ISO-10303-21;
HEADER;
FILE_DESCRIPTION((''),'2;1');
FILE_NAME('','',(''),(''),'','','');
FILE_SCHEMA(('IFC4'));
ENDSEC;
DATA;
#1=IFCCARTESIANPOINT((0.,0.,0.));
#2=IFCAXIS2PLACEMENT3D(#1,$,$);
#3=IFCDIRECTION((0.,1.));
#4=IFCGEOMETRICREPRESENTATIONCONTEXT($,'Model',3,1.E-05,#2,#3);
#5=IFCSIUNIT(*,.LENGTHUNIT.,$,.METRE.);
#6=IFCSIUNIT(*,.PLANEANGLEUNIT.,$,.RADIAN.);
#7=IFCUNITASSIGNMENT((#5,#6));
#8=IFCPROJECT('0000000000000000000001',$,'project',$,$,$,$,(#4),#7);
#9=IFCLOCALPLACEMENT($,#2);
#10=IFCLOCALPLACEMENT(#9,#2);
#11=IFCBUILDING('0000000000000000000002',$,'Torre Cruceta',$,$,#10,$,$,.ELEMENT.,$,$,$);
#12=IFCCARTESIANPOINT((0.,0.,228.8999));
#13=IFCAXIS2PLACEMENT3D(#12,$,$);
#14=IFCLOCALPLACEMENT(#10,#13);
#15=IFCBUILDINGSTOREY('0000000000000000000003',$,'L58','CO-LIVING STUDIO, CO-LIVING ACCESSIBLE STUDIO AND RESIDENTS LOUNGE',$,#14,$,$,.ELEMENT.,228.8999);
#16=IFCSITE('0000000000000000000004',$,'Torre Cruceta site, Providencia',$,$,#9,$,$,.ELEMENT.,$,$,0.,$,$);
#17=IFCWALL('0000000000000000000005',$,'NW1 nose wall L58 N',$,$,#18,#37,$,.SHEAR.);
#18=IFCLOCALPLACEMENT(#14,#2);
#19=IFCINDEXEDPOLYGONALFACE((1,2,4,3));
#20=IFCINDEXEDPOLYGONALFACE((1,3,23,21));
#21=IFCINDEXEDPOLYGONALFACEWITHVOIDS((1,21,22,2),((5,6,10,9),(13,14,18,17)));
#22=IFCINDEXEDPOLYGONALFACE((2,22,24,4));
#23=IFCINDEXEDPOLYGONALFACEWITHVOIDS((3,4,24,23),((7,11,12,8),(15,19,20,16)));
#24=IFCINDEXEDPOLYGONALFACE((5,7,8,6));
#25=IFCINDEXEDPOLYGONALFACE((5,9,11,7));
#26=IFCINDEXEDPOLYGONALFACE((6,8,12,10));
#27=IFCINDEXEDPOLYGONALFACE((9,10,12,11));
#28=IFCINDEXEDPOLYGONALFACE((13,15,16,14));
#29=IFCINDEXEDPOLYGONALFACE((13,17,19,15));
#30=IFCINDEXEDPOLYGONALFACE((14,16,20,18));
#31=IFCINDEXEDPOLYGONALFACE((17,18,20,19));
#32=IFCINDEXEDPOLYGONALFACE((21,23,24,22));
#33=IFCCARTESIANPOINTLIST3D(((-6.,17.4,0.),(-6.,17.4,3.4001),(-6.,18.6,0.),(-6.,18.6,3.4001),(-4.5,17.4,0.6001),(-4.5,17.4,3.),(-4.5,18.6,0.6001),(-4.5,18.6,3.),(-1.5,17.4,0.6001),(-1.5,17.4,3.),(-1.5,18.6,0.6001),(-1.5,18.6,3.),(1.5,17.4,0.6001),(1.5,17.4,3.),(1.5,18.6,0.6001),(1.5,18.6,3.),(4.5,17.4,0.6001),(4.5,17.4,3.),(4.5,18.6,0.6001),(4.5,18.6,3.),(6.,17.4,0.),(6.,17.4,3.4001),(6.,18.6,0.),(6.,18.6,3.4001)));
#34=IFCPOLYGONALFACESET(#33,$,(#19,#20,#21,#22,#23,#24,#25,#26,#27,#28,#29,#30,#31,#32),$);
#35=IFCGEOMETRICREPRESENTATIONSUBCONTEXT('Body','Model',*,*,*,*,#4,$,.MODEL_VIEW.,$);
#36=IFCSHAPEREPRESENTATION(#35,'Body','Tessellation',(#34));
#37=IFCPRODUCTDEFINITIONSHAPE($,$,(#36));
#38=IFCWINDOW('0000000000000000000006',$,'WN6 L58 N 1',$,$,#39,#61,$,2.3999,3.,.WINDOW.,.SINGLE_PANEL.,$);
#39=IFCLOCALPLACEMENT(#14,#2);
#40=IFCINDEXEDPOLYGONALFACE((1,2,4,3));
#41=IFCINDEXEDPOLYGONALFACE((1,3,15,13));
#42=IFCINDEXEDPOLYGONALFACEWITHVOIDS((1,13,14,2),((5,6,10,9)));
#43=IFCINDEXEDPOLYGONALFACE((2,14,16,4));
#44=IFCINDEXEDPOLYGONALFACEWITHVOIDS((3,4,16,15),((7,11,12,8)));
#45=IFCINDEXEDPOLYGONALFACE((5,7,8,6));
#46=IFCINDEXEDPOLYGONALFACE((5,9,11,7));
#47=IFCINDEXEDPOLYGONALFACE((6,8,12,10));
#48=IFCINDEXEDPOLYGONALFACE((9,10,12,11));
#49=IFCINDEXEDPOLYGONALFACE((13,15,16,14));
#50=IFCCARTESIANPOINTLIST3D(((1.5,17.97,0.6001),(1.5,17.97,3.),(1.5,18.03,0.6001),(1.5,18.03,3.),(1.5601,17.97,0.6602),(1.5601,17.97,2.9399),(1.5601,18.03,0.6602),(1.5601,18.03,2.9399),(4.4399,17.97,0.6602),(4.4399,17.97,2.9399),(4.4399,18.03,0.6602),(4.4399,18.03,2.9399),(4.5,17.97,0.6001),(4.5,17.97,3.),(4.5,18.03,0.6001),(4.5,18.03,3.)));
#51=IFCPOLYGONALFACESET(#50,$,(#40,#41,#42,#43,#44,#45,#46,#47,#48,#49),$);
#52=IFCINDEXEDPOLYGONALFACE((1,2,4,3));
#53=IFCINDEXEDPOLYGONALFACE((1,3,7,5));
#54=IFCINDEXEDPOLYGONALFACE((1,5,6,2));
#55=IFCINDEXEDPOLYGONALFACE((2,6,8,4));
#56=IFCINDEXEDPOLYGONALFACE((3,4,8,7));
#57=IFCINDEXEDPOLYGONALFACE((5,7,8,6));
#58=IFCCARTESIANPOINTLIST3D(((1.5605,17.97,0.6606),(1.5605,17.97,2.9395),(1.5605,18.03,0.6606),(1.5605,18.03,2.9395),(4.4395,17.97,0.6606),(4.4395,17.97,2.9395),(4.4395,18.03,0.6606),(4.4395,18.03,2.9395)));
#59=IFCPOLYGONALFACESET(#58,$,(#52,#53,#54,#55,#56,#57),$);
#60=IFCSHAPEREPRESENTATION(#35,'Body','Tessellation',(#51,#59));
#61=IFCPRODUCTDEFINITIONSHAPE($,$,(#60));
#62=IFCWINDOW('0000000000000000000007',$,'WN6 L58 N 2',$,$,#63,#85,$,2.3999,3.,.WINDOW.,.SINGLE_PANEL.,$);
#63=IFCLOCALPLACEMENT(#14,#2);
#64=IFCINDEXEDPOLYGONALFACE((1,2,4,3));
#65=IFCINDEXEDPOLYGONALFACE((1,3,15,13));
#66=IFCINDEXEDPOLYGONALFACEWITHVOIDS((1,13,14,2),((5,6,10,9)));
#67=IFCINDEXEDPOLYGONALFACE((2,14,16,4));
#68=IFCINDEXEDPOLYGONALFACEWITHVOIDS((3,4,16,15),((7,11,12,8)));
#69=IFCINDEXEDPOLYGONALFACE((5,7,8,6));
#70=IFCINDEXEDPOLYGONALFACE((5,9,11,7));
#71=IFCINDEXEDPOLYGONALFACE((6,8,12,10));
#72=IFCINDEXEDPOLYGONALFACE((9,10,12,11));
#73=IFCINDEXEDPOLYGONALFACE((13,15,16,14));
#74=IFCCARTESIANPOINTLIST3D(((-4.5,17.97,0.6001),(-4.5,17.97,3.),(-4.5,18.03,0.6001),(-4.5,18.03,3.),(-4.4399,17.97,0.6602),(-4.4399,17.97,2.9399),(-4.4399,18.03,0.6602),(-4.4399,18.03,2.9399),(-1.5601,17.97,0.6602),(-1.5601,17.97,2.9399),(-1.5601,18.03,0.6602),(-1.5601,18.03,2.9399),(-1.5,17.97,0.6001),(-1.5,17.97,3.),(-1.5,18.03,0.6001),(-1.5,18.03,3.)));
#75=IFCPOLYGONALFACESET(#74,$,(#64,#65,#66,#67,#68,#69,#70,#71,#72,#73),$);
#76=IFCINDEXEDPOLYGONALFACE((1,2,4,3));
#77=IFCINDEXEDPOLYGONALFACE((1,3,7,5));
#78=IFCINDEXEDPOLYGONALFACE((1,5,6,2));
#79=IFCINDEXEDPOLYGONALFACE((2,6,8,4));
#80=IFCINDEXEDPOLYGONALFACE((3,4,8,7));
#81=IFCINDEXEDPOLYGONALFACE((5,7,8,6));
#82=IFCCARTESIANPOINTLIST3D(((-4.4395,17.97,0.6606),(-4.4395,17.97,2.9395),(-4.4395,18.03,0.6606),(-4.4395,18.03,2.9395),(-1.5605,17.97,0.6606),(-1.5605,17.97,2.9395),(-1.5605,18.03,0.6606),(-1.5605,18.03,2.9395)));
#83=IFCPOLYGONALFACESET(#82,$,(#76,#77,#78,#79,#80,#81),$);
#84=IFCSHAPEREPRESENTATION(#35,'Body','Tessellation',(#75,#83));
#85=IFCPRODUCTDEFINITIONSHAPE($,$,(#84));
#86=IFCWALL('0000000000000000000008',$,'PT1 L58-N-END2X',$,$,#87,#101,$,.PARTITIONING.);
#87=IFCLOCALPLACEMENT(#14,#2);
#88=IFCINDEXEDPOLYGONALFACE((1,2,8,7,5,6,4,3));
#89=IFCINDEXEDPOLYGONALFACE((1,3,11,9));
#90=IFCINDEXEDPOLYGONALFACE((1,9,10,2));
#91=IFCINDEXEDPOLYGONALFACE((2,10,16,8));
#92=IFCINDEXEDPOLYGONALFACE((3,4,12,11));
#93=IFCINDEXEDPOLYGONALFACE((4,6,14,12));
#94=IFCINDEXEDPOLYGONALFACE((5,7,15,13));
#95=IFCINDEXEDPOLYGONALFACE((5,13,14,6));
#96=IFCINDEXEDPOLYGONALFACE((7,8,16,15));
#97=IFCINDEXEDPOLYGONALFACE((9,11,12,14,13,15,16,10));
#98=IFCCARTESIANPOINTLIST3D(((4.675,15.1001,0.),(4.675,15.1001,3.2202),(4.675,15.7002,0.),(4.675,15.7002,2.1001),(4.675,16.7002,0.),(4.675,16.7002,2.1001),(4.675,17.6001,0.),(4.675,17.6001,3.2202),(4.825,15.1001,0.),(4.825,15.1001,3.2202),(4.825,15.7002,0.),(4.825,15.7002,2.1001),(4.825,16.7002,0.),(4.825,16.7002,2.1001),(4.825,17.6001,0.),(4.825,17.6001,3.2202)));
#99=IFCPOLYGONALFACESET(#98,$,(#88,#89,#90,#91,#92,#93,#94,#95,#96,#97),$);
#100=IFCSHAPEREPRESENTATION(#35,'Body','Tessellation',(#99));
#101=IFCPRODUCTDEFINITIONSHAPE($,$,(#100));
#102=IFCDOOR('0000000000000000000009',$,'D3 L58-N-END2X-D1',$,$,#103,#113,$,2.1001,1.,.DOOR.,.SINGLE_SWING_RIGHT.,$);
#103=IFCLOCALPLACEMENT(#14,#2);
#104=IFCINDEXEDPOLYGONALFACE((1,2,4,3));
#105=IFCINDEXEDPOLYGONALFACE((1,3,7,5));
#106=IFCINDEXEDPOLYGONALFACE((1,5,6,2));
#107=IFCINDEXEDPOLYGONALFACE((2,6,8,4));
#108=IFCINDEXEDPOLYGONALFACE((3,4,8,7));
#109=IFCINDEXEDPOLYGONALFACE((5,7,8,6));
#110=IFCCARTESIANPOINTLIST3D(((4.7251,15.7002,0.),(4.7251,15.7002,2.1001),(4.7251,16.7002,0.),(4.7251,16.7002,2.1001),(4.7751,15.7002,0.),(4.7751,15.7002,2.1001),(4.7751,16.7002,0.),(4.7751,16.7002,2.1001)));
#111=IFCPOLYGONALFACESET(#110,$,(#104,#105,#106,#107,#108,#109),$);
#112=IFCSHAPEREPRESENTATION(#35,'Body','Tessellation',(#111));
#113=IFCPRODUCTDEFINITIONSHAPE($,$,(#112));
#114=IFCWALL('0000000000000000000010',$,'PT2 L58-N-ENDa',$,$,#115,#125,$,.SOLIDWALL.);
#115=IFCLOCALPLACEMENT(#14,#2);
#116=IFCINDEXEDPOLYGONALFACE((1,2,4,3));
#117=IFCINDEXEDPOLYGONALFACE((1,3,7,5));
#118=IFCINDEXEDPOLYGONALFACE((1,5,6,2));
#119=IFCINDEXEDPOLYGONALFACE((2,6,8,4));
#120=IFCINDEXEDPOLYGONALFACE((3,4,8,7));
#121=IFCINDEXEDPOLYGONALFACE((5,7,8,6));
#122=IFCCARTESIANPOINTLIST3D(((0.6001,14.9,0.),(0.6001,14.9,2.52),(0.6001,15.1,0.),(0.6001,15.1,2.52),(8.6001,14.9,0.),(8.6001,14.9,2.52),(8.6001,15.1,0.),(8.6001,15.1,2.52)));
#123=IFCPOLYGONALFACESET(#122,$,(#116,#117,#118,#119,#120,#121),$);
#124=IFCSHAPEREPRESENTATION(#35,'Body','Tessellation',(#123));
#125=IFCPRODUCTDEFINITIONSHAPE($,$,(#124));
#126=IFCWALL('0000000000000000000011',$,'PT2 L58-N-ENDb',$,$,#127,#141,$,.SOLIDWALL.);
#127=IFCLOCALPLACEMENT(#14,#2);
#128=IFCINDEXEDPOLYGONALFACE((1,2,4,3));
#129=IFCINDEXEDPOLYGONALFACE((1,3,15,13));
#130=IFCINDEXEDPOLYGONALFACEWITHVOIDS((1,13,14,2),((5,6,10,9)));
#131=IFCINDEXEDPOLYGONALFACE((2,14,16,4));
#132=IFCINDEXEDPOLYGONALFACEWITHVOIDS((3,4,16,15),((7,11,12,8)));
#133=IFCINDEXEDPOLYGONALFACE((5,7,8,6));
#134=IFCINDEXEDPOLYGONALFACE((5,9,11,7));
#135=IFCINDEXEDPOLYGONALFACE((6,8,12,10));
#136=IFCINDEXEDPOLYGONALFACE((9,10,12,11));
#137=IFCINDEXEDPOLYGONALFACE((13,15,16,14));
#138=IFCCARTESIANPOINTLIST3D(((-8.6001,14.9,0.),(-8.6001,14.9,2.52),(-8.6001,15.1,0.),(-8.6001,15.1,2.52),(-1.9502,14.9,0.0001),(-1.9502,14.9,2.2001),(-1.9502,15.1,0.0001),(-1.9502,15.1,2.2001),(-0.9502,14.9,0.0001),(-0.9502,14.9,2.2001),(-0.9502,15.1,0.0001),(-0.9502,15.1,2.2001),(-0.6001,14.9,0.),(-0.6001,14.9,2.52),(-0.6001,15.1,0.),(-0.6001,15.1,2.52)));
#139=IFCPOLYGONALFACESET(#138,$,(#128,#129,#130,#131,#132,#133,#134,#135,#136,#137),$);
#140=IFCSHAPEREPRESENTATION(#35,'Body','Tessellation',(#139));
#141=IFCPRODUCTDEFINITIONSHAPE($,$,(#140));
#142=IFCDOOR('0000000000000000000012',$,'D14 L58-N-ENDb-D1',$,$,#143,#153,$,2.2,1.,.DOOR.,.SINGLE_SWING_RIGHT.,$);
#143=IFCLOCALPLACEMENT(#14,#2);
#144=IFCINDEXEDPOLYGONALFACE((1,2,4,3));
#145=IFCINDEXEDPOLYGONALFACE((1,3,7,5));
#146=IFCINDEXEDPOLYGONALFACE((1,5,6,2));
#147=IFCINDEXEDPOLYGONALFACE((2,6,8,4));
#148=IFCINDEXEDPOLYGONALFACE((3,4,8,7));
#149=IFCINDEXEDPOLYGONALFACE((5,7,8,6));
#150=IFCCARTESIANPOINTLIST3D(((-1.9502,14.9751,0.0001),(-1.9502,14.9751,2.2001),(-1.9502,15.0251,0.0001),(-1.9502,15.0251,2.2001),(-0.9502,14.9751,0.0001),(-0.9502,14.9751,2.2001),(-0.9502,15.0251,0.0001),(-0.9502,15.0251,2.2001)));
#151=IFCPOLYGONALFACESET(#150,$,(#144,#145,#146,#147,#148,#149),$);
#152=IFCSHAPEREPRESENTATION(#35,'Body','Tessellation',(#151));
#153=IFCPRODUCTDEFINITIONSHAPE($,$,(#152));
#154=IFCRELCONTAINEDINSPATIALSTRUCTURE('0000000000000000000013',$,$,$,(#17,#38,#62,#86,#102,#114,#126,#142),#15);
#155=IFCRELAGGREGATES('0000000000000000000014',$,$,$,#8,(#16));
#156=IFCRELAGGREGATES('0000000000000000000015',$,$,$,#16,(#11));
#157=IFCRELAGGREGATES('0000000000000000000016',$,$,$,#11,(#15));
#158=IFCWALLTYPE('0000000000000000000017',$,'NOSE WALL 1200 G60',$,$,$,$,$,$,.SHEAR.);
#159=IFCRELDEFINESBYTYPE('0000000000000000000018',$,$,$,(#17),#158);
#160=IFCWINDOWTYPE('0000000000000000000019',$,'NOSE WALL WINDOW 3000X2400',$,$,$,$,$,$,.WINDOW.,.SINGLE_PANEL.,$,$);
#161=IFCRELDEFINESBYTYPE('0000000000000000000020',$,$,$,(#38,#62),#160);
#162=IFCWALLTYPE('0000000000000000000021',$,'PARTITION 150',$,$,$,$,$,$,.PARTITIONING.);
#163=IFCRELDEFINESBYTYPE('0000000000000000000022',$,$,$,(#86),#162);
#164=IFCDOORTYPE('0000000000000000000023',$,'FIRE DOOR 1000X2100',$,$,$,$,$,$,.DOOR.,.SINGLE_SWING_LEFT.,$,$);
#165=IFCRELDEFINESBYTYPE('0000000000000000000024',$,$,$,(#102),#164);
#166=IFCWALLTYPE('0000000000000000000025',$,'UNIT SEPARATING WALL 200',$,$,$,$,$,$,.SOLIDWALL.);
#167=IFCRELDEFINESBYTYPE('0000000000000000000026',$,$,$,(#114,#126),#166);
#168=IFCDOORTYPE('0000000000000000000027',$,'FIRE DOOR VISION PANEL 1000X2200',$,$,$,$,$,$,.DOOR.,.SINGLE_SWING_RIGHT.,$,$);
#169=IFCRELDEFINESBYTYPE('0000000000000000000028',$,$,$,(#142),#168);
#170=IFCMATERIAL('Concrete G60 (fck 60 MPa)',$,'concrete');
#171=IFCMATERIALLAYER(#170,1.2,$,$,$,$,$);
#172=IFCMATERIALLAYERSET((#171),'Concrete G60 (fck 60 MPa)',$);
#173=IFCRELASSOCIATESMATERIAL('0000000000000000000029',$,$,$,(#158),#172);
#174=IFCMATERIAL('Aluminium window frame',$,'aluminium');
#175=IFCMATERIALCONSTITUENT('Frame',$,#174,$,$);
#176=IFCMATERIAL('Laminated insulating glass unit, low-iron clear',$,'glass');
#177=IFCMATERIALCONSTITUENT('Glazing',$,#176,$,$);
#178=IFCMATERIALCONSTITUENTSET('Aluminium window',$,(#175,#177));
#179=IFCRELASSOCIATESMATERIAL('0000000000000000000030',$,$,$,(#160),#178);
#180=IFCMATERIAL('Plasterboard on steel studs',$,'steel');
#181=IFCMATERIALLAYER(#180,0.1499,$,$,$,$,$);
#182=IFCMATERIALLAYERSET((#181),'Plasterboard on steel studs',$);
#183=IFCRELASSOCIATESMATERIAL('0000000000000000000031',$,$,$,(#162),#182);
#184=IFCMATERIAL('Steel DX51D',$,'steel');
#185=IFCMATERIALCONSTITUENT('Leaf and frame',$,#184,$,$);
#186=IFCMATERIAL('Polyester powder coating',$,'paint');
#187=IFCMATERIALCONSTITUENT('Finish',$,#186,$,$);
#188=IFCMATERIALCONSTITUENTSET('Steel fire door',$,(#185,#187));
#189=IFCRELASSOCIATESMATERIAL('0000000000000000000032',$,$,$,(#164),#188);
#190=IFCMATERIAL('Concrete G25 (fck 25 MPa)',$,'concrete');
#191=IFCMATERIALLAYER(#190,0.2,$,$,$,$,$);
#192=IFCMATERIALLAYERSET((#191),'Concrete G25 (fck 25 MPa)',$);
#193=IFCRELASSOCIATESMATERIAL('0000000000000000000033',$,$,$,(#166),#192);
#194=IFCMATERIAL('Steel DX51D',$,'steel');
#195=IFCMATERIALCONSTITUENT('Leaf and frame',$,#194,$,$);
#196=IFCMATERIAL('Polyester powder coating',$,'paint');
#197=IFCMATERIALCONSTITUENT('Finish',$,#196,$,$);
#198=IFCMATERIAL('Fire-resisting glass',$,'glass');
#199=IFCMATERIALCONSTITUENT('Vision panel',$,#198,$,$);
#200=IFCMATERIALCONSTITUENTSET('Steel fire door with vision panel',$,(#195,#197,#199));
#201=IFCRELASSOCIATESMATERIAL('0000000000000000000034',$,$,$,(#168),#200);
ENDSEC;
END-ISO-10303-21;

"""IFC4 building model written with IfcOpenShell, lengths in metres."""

from ifc_helpers import new_model, si_unit, direction, frame, frame_2d, origin, place, context, subcontext, project, spatial, rectangle, hollow_rectangle, extrude, material, layer, layer_set, constituent, constituent_set, type_object, element, fill, save


model = new_model("IFC4")

# Units and contexts
model_context = context("Model", 3, precision=1e-05, world=origin(), true_north=direction((0.0, 1.0)))
body_context = subcontext(model_context, "Body", "Model", "MODEL_VIEW")
ifc_project = project(units=[si_unit("LENGTHUNIT", "METRE"), si_unit("PLANEANGLEUNIT", "RADIAN")], contexts=[model_context])

# Site, building, storey
site_placement = place(None, origin())
site = spatial("IfcSite", under=ifc_project, at=site_placement, Name="Torre Cruceta site, Providencia", CompositionType="ELEMENT", RefElevation=0.0)
building_placement = place(site_placement, origin())
building = spatial("IfcBuilding", under=site, at=building_placement, Name="Torre Cruceta", CompositionType="ELEMENT")
storey_placement = place(building_placement, frame((0.0, 0.0, 228.8999)))
storey = spatial("IfcBuildingStorey", under=building, at=storey_placement, Name="L58", Description="CO-LIVING STUDIO, CO-LIVING ACCESSIBLE STUDIO AND RESIDENTS LOUNGE", CompositionType="ELEMENT", Elevation=228.8999)

# Wall, openings, windows
ifc_material_1 = material(Name="Concrete G60 (fck 60 MPa)", Category="concrete")
ifc_layer_1 = layer(ifc_material_1, 1.2)
ifc_layer_set_1 = layer_set([ifc_layer_1], Name="Concrete G60 (fck 60 MPa)")
wall_type_1 = type_object("IfcWallType", Name="NOSE WALL 1200 G60", PredefinedType="SHEAR", material=ifc_layer_set_1)
wall_1_placement = place(storey_placement, frame((6.0, 18.0, 0.0), z_axis=(0.0, 0.0, 1.0), x_axis=(-1.0, 0.0, 0.0)))
wall_1 = element("IfcWall", 1, at=wall_1_placement, inside=storey, type_object=wall_type_1, Name="NW1 nose wall L58 N", PredefinedType="SHEAR", context=body_context, shape_type="SweptSolid", body=[
    extrude(rectangle(XDim=12.0, YDim=1.2, at=frame_2d((6.0, 0.0))), origin(), (0.0, 0.0, 1.0), 3.4001),
])
opening_1_placement = place(wall_1_placement, frame((1.5, 0.0, 0.6001)))
opening_1 = element("IfcOpeningElement", 2, at=opening_1_placement, cuts=wall_1, PredefinedType="OPENING", context=body_context, shape_type="SweptSolid", body=[
    extrude(rectangle(XDim=3.0, YDim=2.3999, at=frame_2d((1.5, 1.2))), frame((0.0, 0.6099, 0.0), z_axis=(0.0, -1.0, 0.0), x_axis=(1.0, 0.0, 0.0)), (0.0, 0.0, 1.0), 1.22),
])
opening_2_placement = place(wall_1_placement, frame((7.5, 0.0, 0.6001)))
opening_2 = element("IfcOpeningElement", 3, at=opening_2_placement, cuts=wall_1, PredefinedType="OPENING", context=body_context, shape_type="SweptSolid", body=[
    extrude(rectangle(XDim=3.0, YDim=2.3999, at=frame_2d((1.5, 1.2))), frame((0.0, 0.6099, 0.0), z_axis=(0.0, -1.0, 0.0), x_axis=(1.0, 0.0, 0.0)), (0.0, 0.0, 1.0), 1.22),
])
ifc_material_2 = material(Name="Aluminium window frame", Category="aluminium")
ifc_constituent_1 = constituent(ifc_material_2, Name="Frame")
ifc_material_3 = material(Name="Laminated insulating glass unit, low-iron clear", Category="glass")
ifc_constituent_2 = constituent(ifc_material_3, Name="Glazing")
ifc_constituent_set_1 = constituent_set(constituents=[ifc_constituent_1, ifc_constituent_2], Name="Aluminium window")
window_type = type_object("IfcWindowType", Name="NOSE WALL WINDOW 3000X2400", PartitioningType="SINGLE_PANEL", PredefinedType="WINDOW", material=ifc_constituent_set_1)
window_1_placement = place(opening_1_placement, origin())
window_1 = element("IfcWindow", 4, at=window_1_placement, inside=storey, type_object=window_type, Name="WN6 L58 N 1", OverallHeight=2.3999, OverallWidth=3.0, PartitioningType="SINGLE_PANEL", PredefinedType="WINDOW", context=body_context, shape_type="SweptSolid", body=[
    extrude(hollow_rectangle(XDim=3.0, YDim=2.3999, WallThickness=0.0601, at=frame_2d((1.5, 1.2))), frame((0.0, 0.03, 0.0), z_axis=(0.0, -1.0, 0.0), x_axis=(1.0, 0.0, 0.0)), (0.0, 0.0, 1.0), 0.0601),
    extrude(rectangle(XDim=2.8789, YDim=2.2788, at=frame_2d((1.5, 1.2))), frame((0.0, 0.03, 0.0), z_axis=(0.0, -1.0, 0.0), x_axis=(1.0, 0.0, 0.0)), (0.0, 0.0, 1.0), 0.0601),
])
fill(opening_1, window_1)
window_2_placement = place(opening_2_placement, origin())
window_2 = element("IfcWindow", 5, at=window_2_placement, inside=storey, type_object=window_type, Name="WN6 L58 N 2", OverallHeight=2.3999, OverallWidth=3.0, PartitioningType="SINGLE_PANEL", PredefinedType="WINDOW", context=body_context, shape_type="SweptSolid", body=[
    extrude(hollow_rectangle(XDim=3.0, YDim=2.3999, WallThickness=0.0601, at=frame_2d((1.5, 1.2))), frame((0.0, 0.03, 0.0), z_axis=(0.0, -1.0, 0.0), x_axis=(1.0, 0.0, 0.0)), (0.0, 0.0, 1.0), 0.0601),
    extrude(rectangle(XDim=2.8789, YDim=2.2788, at=frame_2d((1.5, 1.2))), frame((0.0, 0.03, 0.0), z_axis=(0.0, -1.0, 0.0), x_axis=(1.0, 0.0, 0.0)), (0.0, 0.0, 1.0), 0.0601),
])
fill(opening_2, window_2)

# Wall, opening, door
ifc_material_4 = material(Name="Plasterboard on steel studs", Category="steel")
ifc_layer_2 = layer(ifc_material_4, 0.1499)
ifc_layer_set_2 = layer_set([ifc_layer_2], Name="Plasterboard on steel studs")
wall_type_2 = type_object("IfcWallType", Name="PARTITION 150", PredefinedType="PARTITIONING", material=ifc_layer_set_2)
wall_2_placement = place(storey_placement, frame((4.75, 15.1001, 0.0), z_axis=(0.0, 0.0, 1.0), x_axis=(0.0, 1.0, 0.0)))
wall_2 = element("IfcWall", 6, at=wall_2_placement, inside=storey, type_object=wall_type_2, Name="PT1 L58-N-END2X", PredefinedType="PARTITIONING", context=body_context, shape_type="SweptSolid", body=[
    extrude(rectangle(XDim=2.5, YDim=0.1499, at=frame_2d((1.25, 0.0))), origin(), (0.0, 0.0, 1.0), 3.2202),
])
opening_3_placement = place(wall_2_placement, frame((0.6001, 0.0, 0.0)))
opening_3 = element("IfcOpeningElement", 7, at=opening_3_placement, cuts=wall_2, PredefinedType="OPENING", context=body_context, shape_type="SweptSolid", body=[
    extrude(rectangle(XDim=1.0, YDim=2.1001, at=frame_2d((0.5, 1.05))), frame((0.0, 0.085, 0.0), z_axis=(0.0, -1.0, 0.0), x_axis=(1.0, 0.0, 0.0)), (0.0, 0.0, 1.0), 0.1699),
])
ifc_material_5 = material(Name="Steel DX51D", Category="steel")
ifc_constituent_3 = constituent(ifc_material_5, Name="Leaf and frame")
ifc_material_6 = material(Name="Polyester powder coating", Category="paint")
ifc_constituent_4 = constituent(ifc_material_6, Name="Finish")
ifc_constituent_set_2 = constituent_set(constituents=[ifc_constituent_3, ifc_constituent_4], Name="Steel fire door")
door_type_1 = type_object("IfcDoorType", Name="FIRE DOOR 1000X2100", OperationType="SINGLE_SWING_LEFT", PredefinedType="DOOR", material=ifc_constituent_set_2)
door_1_placement = place(opening_3_placement, frame((1.0, 0.0, 0.0), z_axis=(0.0, 0.0, 1.0), x_axis=(-1.0, 0.0, 0.0)))
door_1 = element("IfcDoor", 8, at=door_1_placement, inside=storey, type_object=door_type_1, Name="D3 L58-N-END2X-D1", OperationType="SINGLE_SWING_RIGHT", OverallHeight=2.1001, OverallWidth=1.0, PredefinedType="DOOR", context=body_context, shape_type="SweptSolid", body=[
    extrude(rectangle(XDim=1.0, YDim=2.1001, at=frame_2d((0.5, 1.05))), frame((0.0, 0.0251, 0.0), z_axis=(0.0, -1.0, 0.0), x_axis=(1.0, 0.0, 0.0)), (0.0, 0.0, 1.0), 0.05),
])
fill(opening_3, door_1)

# Wall
ifc_material_7 = material(Name="Concrete G25 (fck 25 MPa)", Category="concrete")
ifc_layer_3 = layer(ifc_material_7, 0.2)
ifc_layer_set_3 = layer_set([ifc_layer_3], Name="Concrete G25 (fck 25 MPa)")
wall_type_3 = type_object("IfcWallType", Name="UNIT SEPARATING WALL 200", PredefinedType="SOLIDWALL", material=ifc_layer_set_3)
wall_3_placement = place(storey_placement, frame((8.6001, 15.0, 0.0), z_axis=(0.0, 0.0, 1.0), x_axis=(-1.0, 0.0, 0.0)))
element("IfcWall", 9, at=wall_3_placement, inside=storey, type_object=wall_type_3, Name="PT2 L58-N-ENDa", PredefinedType="SOLIDWALL", context=body_context, shape_type="SweptSolid", body=[
    extrude(rectangle(XDim=8.0, YDim=0.2, at=frame_2d((4.0, 0.0))), origin(), (0.0, 0.0, 1.0), 2.52),
])

# Wall, opening, door
wall_4_placement = place(storey_placement, frame((-0.6001, 15.0, 0.0), z_axis=(0.0, 0.0, 1.0), x_axis=(-1.0, 0.0, 0.0)))
wall_4 = element("IfcWall", 10, at=wall_4_placement, inside=storey, type_object=wall_type_3, Name="PT2 L58-N-ENDb", PredefinedType="SOLIDWALL", context=body_context, shape_type="SweptSolid", body=[
    extrude(rectangle(XDim=8.0, YDim=0.2, at=frame_2d((4.0, 0.0))), origin(), (0.0, 0.0, 1.0), 2.52),
])
opening_4_placement = place(wall_4_placement, frame((0.3501, 0.0, 0.0)))
opening_4 = element("IfcOpeningElement", 11, at=opening_4_placement, cuts=wall_4, PredefinedType="OPENING", context=body_context, shape_type="SweptSolid", body=[
    extrude(rectangle(XDim=1.0, YDim=2.2, at=frame_2d((0.5, 1.1001))), frame((0.0, 0.1099, 0.0), z_axis=(0.0, -1.0, 0.0), x_axis=(1.0, 0.0, 0.0)), (0.0, 0.0, 1.0), 0.22),
])
ifc_material_8 = material(Name="Steel DX51D", Category="steel")
ifc_constituent_5 = constituent(ifc_material_8, Name="Leaf and frame")
ifc_material_9 = material(Name="Polyester powder coating", Category="paint")
ifc_constituent_6 = constituent(ifc_material_9, Name="Finish")
ifc_material_10 = material(Name="Fire-resisting glass", Category="glass")
ifc_constituent_7 = constituent(ifc_material_10, Name="Vision panel")
ifc_constituent_set_3 = constituent_set(constituents=[ifc_constituent_5, ifc_constituent_6, ifc_constituent_7], Name="Steel fire door with vision panel")
door_type_2 = type_object("IfcDoorType", Name="FIRE DOOR VISION PANEL 1000X2200", OperationType="SINGLE_SWING_RIGHT", PredefinedType="DOOR", material=ifc_constituent_set_3)
door_2_placement = place(opening_4_placement, frame((1.0, 0.0, 0.0), z_axis=(0.0, 0.0, 1.0), x_axis=(-1.0, 0.0, 0.0)))
door_2 = element("IfcDoor", 12, at=door_2_placement, inside=storey, type_object=door_type_2, Name="D14 L58-N-ENDb-D1", OperationType="SINGLE_SWING_RIGHT", OverallHeight=2.2, OverallWidth=1.0, PredefinedType="DOOR", context=body_context, shape_type="SweptSolid", body=[
    extrude(rectangle(XDim=1.0, YDim=2.2, at=frame_2d((0.5, 1.1001))), frame((0.0, 0.0251, 0.0), z_axis=(0.0, -1.0, 0.0), x_axis=(1.0, 0.0, 0.0)), (0.0, 0.0, 1.0), 0.05),
])
fill(opening_4, door_2)

save(model, "model.ifc")
